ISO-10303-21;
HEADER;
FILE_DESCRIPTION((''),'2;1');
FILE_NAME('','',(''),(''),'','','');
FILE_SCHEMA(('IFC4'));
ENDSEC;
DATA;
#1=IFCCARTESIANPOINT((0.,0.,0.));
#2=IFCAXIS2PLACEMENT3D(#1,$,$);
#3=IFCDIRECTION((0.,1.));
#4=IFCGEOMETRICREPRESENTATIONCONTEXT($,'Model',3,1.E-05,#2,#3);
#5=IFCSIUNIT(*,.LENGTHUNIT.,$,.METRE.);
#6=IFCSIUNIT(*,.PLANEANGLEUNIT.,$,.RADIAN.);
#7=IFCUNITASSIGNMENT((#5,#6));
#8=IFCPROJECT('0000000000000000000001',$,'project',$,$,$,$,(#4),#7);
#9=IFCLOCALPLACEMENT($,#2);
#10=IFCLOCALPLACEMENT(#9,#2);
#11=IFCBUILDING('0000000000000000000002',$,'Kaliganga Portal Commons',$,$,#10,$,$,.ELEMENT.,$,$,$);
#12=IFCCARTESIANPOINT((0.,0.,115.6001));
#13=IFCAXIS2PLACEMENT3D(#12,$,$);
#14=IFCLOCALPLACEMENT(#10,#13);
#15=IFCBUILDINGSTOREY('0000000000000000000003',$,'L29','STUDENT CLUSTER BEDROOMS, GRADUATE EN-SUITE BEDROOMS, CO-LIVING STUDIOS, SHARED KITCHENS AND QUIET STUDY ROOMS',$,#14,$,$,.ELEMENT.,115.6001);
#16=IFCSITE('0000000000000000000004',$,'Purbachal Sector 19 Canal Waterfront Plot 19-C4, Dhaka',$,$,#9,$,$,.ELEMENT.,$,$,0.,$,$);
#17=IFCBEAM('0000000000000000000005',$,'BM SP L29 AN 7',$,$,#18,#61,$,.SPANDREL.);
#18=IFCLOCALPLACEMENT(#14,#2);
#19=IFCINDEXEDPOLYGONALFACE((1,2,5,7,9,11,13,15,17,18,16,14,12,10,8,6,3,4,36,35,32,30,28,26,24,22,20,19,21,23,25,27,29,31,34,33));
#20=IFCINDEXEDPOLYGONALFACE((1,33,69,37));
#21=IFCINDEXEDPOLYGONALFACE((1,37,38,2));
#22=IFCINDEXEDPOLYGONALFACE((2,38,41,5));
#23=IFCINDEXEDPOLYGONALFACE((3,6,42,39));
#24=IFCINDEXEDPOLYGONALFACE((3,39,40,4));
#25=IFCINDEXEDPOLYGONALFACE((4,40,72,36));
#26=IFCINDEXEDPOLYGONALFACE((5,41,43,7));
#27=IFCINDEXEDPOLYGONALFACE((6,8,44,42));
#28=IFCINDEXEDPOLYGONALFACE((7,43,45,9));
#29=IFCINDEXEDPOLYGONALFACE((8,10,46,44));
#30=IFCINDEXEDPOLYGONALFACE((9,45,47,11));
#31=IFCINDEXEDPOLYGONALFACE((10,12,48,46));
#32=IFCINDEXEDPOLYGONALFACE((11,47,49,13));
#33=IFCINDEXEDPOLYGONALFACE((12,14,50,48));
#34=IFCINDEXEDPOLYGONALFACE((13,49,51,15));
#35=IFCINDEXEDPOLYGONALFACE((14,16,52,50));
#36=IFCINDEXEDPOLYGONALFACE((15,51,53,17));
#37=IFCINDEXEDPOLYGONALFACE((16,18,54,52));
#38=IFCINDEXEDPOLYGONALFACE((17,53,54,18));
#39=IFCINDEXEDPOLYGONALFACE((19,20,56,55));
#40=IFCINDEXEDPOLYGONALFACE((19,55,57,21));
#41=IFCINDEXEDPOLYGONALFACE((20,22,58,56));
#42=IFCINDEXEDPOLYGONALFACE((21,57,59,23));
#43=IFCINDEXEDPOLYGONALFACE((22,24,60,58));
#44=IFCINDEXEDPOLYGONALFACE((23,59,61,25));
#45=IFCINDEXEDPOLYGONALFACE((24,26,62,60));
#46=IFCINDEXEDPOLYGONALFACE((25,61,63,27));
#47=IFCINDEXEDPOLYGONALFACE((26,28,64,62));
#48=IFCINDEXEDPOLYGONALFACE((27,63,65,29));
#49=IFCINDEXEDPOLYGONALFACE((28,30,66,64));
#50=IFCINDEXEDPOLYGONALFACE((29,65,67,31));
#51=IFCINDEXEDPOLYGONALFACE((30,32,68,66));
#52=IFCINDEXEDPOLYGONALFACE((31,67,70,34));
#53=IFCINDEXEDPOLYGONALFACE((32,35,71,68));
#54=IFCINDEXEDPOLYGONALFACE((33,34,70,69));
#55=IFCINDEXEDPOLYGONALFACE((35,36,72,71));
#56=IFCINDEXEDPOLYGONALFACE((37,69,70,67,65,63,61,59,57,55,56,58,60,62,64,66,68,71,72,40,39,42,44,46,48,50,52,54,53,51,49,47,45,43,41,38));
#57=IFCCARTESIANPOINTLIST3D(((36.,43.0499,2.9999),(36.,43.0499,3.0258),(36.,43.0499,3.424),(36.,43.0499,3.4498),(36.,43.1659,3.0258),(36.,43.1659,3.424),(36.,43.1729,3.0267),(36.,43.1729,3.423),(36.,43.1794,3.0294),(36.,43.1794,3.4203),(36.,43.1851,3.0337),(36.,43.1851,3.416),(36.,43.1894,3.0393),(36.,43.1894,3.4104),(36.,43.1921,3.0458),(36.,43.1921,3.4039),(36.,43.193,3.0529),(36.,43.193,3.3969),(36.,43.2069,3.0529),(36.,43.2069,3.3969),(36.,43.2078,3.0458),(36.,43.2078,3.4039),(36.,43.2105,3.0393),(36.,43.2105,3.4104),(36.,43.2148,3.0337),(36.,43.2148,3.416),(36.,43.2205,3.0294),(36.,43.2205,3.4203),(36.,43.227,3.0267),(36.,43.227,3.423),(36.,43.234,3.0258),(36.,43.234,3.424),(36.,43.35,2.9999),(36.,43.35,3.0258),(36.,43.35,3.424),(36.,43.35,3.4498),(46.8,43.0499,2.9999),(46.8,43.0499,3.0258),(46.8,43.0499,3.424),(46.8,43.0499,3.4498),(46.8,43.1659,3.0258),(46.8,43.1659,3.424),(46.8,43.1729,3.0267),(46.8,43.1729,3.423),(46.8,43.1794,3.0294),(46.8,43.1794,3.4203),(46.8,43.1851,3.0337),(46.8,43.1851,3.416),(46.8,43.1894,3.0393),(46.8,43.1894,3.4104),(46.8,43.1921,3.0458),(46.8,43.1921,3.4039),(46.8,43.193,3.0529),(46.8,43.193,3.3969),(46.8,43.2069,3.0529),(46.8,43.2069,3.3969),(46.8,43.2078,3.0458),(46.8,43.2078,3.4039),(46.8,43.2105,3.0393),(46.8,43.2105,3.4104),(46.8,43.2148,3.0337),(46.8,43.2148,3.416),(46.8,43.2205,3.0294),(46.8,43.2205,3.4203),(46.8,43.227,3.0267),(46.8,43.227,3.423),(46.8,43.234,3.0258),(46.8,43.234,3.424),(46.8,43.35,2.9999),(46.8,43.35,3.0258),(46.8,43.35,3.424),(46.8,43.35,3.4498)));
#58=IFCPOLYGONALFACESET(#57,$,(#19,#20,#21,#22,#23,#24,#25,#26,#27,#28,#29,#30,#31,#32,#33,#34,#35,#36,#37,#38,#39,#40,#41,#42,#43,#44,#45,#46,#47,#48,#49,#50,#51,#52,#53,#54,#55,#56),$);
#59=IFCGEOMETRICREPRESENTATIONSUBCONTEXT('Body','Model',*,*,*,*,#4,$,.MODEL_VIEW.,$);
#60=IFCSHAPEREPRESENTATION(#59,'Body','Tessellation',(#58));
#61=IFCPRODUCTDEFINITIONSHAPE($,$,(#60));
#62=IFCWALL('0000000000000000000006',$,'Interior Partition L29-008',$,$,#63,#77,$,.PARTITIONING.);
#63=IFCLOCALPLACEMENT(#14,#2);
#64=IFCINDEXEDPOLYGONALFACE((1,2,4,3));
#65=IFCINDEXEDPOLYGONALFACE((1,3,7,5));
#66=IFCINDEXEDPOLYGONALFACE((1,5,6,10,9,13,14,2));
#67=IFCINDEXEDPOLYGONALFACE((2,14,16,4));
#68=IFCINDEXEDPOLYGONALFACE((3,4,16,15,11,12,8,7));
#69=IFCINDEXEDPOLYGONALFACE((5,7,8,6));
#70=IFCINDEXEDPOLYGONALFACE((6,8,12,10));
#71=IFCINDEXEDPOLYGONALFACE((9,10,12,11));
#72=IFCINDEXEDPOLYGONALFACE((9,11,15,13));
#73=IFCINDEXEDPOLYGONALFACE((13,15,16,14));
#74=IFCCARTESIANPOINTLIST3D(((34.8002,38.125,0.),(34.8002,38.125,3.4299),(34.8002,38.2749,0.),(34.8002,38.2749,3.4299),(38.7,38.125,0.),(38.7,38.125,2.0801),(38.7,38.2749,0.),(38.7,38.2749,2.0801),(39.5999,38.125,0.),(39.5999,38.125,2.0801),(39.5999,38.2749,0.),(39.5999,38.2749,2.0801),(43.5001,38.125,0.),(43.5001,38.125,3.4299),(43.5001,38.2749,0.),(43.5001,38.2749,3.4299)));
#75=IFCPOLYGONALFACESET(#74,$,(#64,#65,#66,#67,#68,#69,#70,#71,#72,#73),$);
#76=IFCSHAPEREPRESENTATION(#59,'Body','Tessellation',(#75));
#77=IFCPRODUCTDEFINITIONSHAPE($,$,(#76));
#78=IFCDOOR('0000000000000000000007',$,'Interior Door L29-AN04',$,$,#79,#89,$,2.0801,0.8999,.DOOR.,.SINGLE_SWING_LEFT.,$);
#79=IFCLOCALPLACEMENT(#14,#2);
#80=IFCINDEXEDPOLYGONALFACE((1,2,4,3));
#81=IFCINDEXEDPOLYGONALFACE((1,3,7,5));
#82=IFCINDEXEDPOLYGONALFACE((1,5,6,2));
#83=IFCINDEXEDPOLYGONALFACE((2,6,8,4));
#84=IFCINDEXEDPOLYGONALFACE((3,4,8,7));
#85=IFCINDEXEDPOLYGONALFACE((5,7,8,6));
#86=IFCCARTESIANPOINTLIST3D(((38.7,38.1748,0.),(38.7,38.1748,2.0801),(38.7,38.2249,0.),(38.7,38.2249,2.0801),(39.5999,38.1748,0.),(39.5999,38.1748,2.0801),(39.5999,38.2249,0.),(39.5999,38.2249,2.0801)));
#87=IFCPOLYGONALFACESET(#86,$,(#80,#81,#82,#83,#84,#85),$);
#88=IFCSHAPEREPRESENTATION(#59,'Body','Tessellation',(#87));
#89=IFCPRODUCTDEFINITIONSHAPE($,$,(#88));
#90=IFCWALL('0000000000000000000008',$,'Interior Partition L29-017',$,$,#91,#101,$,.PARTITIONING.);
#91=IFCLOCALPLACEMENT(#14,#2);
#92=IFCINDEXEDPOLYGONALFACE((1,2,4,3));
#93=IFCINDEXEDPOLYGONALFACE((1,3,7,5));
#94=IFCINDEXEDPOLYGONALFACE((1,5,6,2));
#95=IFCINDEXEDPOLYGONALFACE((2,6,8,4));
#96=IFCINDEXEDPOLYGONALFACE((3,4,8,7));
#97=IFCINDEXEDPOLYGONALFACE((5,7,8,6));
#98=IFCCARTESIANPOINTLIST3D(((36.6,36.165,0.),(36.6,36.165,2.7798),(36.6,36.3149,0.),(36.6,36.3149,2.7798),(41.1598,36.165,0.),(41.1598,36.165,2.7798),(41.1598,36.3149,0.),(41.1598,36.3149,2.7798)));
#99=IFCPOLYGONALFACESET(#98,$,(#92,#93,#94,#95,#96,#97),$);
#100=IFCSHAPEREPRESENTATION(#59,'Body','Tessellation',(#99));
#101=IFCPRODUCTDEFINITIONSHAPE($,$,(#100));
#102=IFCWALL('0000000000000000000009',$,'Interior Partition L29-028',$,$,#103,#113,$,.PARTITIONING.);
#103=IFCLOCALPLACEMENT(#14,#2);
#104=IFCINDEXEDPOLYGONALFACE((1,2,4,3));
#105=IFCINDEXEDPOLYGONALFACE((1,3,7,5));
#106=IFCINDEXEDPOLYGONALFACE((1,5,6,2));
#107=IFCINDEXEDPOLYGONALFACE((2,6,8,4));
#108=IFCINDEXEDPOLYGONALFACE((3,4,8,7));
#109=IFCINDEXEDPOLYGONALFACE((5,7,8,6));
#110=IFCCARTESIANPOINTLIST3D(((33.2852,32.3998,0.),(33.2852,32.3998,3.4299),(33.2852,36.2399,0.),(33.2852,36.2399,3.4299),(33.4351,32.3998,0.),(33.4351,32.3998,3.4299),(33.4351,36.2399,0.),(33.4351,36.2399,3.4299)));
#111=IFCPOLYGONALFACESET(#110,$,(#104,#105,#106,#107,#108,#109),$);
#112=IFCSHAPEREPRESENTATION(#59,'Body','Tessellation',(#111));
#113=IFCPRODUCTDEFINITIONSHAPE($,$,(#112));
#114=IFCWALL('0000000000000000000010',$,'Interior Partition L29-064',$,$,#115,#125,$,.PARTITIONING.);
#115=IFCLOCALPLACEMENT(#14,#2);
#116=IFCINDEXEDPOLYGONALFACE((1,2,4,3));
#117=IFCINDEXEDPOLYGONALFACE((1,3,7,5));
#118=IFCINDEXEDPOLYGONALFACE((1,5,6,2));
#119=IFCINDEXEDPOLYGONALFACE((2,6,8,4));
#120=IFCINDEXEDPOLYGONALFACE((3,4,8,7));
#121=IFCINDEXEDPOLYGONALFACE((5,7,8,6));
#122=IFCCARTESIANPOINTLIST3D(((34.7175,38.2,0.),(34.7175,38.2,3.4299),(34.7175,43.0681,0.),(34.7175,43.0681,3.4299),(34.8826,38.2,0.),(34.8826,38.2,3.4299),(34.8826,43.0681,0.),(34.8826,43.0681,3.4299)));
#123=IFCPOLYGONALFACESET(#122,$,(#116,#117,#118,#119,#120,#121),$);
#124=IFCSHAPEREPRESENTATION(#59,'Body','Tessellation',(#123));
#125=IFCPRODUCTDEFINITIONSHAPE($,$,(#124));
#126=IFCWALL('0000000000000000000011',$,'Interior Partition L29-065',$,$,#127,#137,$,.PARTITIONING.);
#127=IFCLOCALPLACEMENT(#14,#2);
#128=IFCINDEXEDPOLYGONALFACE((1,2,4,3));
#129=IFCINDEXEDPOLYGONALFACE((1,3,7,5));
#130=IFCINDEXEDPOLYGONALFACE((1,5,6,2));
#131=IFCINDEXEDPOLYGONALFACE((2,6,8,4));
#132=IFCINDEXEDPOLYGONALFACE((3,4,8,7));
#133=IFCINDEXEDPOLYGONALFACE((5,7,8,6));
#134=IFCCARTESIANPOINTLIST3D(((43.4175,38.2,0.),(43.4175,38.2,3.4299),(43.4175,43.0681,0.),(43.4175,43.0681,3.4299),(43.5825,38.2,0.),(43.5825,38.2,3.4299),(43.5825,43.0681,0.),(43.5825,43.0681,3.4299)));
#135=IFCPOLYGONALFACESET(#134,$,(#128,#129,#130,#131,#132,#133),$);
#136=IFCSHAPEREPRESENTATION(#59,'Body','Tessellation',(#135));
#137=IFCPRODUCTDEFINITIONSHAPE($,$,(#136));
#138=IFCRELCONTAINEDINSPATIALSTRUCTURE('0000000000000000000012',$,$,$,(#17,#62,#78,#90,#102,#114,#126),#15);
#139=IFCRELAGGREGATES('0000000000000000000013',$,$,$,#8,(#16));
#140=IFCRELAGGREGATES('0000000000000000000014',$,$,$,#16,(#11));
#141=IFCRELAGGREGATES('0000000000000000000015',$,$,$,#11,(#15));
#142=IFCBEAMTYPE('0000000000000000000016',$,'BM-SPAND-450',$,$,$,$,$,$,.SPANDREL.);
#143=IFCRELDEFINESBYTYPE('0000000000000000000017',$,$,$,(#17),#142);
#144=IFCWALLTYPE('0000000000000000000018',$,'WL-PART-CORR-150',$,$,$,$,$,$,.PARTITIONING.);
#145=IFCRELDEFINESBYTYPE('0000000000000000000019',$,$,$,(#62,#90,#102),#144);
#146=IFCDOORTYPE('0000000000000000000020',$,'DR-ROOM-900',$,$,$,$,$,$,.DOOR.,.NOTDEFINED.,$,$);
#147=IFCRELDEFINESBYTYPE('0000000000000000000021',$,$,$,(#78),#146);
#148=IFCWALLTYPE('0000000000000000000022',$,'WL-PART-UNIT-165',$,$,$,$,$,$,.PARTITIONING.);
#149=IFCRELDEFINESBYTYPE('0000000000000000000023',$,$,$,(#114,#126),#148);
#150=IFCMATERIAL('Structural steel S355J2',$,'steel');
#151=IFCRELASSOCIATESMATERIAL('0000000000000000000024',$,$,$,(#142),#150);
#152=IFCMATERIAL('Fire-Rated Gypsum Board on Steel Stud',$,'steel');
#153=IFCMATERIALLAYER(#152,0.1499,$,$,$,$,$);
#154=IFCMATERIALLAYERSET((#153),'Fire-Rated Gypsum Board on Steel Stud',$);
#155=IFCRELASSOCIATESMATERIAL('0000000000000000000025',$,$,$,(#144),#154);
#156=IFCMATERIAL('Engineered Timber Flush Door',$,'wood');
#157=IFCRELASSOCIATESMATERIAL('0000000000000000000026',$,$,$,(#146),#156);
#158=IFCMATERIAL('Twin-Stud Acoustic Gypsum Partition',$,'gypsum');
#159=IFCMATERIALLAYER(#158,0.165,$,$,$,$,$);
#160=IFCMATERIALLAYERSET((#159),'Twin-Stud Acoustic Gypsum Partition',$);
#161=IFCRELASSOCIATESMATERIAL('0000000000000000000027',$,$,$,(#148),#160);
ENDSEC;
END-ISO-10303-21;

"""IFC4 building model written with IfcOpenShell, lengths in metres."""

from ifc_helpers import new_model, si_unit, direction, frame, frame_2d, origin, origin_2d, place, context, subcontext, project, spatial, rectangle, i_section, extrude, source, transform, mapped, material, layer, layer_set, material_profile, profile_set, type_object, element, fill, save


model = new_model("IFC4")

# Units and contexts
model_context = context("Model", 3, precision=1e-05, world=origin(), true_north=direction((0.0, 1.0)))
body_context = subcontext(model_context, "Body", "Model", "MODEL_VIEW")
ifc_project = project(units=[si_unit("LENGTHUNIT", "METRE"), si_unit("PLANEANGLEUNIT", "RADIAN")], contexts=[model_context])

# Site, building, storey
site_placement = place(None, origin())
site = spatial("IfcSite", under=ifc_project, at=site_placement, Name="Purbachal Sector 19 Canal Waterfront Plot 19-C4, Dhaka", CompositionType="ELEMENT", RefElevation=0.0)
building_placement = place(site_placement, origin())
building = spatial("IfcBuilding", under=site, at=building_placement, Name="Kaliganga Portal Commons", CompositionType="ELEMENT")
storey_placement = place(building_placement, frame((0.0, 0.0, 115.6001)))
storey = spatial("IfcBuildingStorey", under=building, at=storey_placement, Name="L29", Description="STUDENT CLUSTER BEDROOMS, GRADUATE EN-SUITE BEDROOMS, CO-LIVING STUDIOS, SHARED KITCHENS AND QUIET STUDY ROOMS", CompositionType="ELEMENT", Elevation=115.6001)

# Beam
ifc_material_1 = material(Name="Structural steel S355J2", Category="steel")
ifc_material_profile_1 = material_profile(ifc_material_1, i_section(OverallWidth=0.3, OverallDepth=0.45, WebThickness=0.0139, FlangeThickness=0.0259, FilletRadius=0.0271, at=origin_2d()), Name="HE 450 B")
ifc_profile_set_1 = profile_set([ifc_material_profile_1], Name="Structural steel S355J2 wide-flange")
beam_type_1 = type_object("IfcBeamType", Name="BM-SPAND-450", PredefinedType="SPANDREL", material=ifc_profile_set_1)
shared_shape_1 = source(origin(), body_context, "Body", "SweptSolid", [
    extrude(i_section(OverallWidth=0.3, OverallDepth=0.45, WebThickness=0.0139, FlangeThickness=0.0259, FilletRadius=0.0271, at=origin_2d()), origin(), (0.0, 0.0, 1.0), 10.8),
])
beam_1_placement = place(storey_placement, frame((36.0, 43.2, 3.2249), z_axis=(1.0, 0.0, 0.0), x_axis=(0.0, 1.0, 0.0)))
element("IfcBeam", 1, at=beam_1_placement, inside=storey, type_object=beam_type_1, Name="BM SP L29 AN 7", PredefinedType="SPANDREL", context=body_context, shape_type="MappedRepresentation", body=[
    mapped(shared_shape_1, transform((0.0, 0.0, 0.0), x_axis=(1.0, 0.0, 0.0), y_axis=(0.0, 1.0, 0.0), z_axis=(0.0, 0.0, 1.0), scale=1.0)),
])

# Wall, opening, door
ifc_material_2 = material(Name="Fire-Rated Gypsum Board on Steel Stud", Category="steel")
ifc_layer_1 = layer(ifc_material_2, 0.1499)
ifc_layer_set_1 = layer_set([ifc_layer_1], Name="Fire-Rated Gypsum Board on Steel Stud")
wall_type_1 = type_object("IfcWallType", Name="WL-PART-CORR-150", PredefinedType="PARTITIONING", material=ifc_layer_set_1)
wall_1_placement = place(storey_placement, frame((34.8, 38.2, 0.0), z_axis=(0.0, 0.0, 1.0), x_axis=(1.0, 0.0, 0.0)))
wall_1 = element("IfcWall", 2, at=wall_1_placement, inside=storey, type_object=wall_type_1, Name="Interior Partition L29-008", PredefinedType="PARTITIONING", context=body_context, shape_type="SweptSolid", body=[
    extrude(rectangle(XDim=8.7, YDim=0.1499, at=frame_2d((4.3501, 0.0))), origin(), (0.0, 0.0, 1.0), 3.4299),
])
opening_1_placement = place(wall_1_placement, frame((3.8999, 0.0, 0.0)))
opening_1 = element("IfcOpeningElement", 3, at=opening_1_placement, cuts=wall_1, PredefinedType="OPENING", context=body_context, shape_type="SweptSolid", body=[
    extrude(rectangle(XDim=0.8999, YDim=2.0801, at=frame_2d((0.45, 1.04))), frame((0.0, 0.085, 0.0), z_axis=(0.0, -1.0, 0.0), x_axis=(1.0, 0.0, 0.0)), (0.0, 0.0, 1.0), 0.1699),
])
ifc_material_3 = material(Name="Engineered Timber Flush Door", Category="wood")
door_type_1 = type_object("IfcDoorType", Name="DR-ROOM-900", OperationType="NOTDEFINED", PredefinedType="DOOR", material=ifc_material_3)
door_1_placement = place(opening_1_placement, origin())
door_1 = element("IfcDoor", 4, at=door_1_placement, inside=storey, type_object=door_type_1, Name="Interior Door L29-AN04", OperationType="SINGLE_SWING_LEFT", OverallHeight=2.0801, OverallWidth=0.8999, PredefinedType="DOOR", context=body_context, shape_type="SweptSolid", body=[
    extrude(rectangle(XDim=0.8999, YDim=2.0801, at=frame_2d((0.45, 1.04))), frame((0.0, 0.0249, 0.0), z_axis=(0.0, -1.0, 0.0), x_axis=(1.0, 0.0, 0.0)), (0.0, 0.0, 1.0), 0.05),
])
fill(opening_1, door_1)

# Wall
wall_2_placement = place(storey_placement, frame((36.6001, 36.24, 0.0), z_axis=(0.0, 0.0, 1.0), x_axis=(1.0, 0.0, 0.0)))
element("IfcWall", 5, at=wall_2_placement, inside=storey, type_object=wall_type_1, Name="Interior Partition L29-017", PredefinedType="PARTITIONING", context=body_context, shape_type="SweptSolid", body=[
    extrude(rectangle(XDim=4.5598, YDim=0.1499, at=frame_2d((2.2798, 0.0))), origin(), (0.0, 0.0, 1.0), 2.7798),
])

# Walls
wall_3_placement = place(storey_placement, frame((33.3601, 32.3999, 0.0), z_axis=(0.0, 0.0, 1.0), x_axis=(0.0, 1.0, 0.0)))
element("IfcWall", 6, at=wall_3_placement, inside=storey, type_object=wall_type_1, Name="Interior Partition L29-028", PredefinedType="PARTITIONING", context=body_context, shape_type="SweptSolid", body=[
    extrude(rectangle(XDim=3.8401, YDim=0.1499, at=frame_2d((1.9199, 0.0))), origin(), (0.0, 0.0, 1.0), 3.4299),
])
ifc_material_4 = material(Name="Twin-Stud Acoustic Gypsum Partition", Category="gypsum")
ifc_layer_2 = layer(ifc_material_4, 0.165)
ifc_layer_set_2 = layer_set([ifc_layer_2], Name="Twin-Stud Acoustic Gypsum Partition")
wall_type_2 = type_object("IfcWallType", Name="WL-PART-UNIT-165", PredefinedType="PARTITIONING", material=ifc_layer_set_2)
for number, where, z_axis, x_axis, name in (
    (7, (34.8, 38.2, 0.0), (0.0, 0.0, 1.0), (0.0, 1.0, 0.0), "Interior Partition L29-064"),
    (8, (43.5, 38.2, 0.0), (0.0, 0.0, 1.0), (0.0, 1.0, 0.0), "Interior Partition L29-065"),
):
    element("IfcWall", number, at=place(storey_placement, frame(where, z_axis=z_axis, x_axis=x_axis)), inside=storey, type_object=wall_type_2, Name=name, PredefinedType="PARTITIONING", context=body_context, shape_type="SweptSolid", body=[
        extrude(rectangle(XDim=4.8682, YDim=0.165, at=frame_2d((2.4341, 0.0))), origin(), (0.0, 0.0, 1.0), 3.4299),
    ])

save(model, "model.ifc")
